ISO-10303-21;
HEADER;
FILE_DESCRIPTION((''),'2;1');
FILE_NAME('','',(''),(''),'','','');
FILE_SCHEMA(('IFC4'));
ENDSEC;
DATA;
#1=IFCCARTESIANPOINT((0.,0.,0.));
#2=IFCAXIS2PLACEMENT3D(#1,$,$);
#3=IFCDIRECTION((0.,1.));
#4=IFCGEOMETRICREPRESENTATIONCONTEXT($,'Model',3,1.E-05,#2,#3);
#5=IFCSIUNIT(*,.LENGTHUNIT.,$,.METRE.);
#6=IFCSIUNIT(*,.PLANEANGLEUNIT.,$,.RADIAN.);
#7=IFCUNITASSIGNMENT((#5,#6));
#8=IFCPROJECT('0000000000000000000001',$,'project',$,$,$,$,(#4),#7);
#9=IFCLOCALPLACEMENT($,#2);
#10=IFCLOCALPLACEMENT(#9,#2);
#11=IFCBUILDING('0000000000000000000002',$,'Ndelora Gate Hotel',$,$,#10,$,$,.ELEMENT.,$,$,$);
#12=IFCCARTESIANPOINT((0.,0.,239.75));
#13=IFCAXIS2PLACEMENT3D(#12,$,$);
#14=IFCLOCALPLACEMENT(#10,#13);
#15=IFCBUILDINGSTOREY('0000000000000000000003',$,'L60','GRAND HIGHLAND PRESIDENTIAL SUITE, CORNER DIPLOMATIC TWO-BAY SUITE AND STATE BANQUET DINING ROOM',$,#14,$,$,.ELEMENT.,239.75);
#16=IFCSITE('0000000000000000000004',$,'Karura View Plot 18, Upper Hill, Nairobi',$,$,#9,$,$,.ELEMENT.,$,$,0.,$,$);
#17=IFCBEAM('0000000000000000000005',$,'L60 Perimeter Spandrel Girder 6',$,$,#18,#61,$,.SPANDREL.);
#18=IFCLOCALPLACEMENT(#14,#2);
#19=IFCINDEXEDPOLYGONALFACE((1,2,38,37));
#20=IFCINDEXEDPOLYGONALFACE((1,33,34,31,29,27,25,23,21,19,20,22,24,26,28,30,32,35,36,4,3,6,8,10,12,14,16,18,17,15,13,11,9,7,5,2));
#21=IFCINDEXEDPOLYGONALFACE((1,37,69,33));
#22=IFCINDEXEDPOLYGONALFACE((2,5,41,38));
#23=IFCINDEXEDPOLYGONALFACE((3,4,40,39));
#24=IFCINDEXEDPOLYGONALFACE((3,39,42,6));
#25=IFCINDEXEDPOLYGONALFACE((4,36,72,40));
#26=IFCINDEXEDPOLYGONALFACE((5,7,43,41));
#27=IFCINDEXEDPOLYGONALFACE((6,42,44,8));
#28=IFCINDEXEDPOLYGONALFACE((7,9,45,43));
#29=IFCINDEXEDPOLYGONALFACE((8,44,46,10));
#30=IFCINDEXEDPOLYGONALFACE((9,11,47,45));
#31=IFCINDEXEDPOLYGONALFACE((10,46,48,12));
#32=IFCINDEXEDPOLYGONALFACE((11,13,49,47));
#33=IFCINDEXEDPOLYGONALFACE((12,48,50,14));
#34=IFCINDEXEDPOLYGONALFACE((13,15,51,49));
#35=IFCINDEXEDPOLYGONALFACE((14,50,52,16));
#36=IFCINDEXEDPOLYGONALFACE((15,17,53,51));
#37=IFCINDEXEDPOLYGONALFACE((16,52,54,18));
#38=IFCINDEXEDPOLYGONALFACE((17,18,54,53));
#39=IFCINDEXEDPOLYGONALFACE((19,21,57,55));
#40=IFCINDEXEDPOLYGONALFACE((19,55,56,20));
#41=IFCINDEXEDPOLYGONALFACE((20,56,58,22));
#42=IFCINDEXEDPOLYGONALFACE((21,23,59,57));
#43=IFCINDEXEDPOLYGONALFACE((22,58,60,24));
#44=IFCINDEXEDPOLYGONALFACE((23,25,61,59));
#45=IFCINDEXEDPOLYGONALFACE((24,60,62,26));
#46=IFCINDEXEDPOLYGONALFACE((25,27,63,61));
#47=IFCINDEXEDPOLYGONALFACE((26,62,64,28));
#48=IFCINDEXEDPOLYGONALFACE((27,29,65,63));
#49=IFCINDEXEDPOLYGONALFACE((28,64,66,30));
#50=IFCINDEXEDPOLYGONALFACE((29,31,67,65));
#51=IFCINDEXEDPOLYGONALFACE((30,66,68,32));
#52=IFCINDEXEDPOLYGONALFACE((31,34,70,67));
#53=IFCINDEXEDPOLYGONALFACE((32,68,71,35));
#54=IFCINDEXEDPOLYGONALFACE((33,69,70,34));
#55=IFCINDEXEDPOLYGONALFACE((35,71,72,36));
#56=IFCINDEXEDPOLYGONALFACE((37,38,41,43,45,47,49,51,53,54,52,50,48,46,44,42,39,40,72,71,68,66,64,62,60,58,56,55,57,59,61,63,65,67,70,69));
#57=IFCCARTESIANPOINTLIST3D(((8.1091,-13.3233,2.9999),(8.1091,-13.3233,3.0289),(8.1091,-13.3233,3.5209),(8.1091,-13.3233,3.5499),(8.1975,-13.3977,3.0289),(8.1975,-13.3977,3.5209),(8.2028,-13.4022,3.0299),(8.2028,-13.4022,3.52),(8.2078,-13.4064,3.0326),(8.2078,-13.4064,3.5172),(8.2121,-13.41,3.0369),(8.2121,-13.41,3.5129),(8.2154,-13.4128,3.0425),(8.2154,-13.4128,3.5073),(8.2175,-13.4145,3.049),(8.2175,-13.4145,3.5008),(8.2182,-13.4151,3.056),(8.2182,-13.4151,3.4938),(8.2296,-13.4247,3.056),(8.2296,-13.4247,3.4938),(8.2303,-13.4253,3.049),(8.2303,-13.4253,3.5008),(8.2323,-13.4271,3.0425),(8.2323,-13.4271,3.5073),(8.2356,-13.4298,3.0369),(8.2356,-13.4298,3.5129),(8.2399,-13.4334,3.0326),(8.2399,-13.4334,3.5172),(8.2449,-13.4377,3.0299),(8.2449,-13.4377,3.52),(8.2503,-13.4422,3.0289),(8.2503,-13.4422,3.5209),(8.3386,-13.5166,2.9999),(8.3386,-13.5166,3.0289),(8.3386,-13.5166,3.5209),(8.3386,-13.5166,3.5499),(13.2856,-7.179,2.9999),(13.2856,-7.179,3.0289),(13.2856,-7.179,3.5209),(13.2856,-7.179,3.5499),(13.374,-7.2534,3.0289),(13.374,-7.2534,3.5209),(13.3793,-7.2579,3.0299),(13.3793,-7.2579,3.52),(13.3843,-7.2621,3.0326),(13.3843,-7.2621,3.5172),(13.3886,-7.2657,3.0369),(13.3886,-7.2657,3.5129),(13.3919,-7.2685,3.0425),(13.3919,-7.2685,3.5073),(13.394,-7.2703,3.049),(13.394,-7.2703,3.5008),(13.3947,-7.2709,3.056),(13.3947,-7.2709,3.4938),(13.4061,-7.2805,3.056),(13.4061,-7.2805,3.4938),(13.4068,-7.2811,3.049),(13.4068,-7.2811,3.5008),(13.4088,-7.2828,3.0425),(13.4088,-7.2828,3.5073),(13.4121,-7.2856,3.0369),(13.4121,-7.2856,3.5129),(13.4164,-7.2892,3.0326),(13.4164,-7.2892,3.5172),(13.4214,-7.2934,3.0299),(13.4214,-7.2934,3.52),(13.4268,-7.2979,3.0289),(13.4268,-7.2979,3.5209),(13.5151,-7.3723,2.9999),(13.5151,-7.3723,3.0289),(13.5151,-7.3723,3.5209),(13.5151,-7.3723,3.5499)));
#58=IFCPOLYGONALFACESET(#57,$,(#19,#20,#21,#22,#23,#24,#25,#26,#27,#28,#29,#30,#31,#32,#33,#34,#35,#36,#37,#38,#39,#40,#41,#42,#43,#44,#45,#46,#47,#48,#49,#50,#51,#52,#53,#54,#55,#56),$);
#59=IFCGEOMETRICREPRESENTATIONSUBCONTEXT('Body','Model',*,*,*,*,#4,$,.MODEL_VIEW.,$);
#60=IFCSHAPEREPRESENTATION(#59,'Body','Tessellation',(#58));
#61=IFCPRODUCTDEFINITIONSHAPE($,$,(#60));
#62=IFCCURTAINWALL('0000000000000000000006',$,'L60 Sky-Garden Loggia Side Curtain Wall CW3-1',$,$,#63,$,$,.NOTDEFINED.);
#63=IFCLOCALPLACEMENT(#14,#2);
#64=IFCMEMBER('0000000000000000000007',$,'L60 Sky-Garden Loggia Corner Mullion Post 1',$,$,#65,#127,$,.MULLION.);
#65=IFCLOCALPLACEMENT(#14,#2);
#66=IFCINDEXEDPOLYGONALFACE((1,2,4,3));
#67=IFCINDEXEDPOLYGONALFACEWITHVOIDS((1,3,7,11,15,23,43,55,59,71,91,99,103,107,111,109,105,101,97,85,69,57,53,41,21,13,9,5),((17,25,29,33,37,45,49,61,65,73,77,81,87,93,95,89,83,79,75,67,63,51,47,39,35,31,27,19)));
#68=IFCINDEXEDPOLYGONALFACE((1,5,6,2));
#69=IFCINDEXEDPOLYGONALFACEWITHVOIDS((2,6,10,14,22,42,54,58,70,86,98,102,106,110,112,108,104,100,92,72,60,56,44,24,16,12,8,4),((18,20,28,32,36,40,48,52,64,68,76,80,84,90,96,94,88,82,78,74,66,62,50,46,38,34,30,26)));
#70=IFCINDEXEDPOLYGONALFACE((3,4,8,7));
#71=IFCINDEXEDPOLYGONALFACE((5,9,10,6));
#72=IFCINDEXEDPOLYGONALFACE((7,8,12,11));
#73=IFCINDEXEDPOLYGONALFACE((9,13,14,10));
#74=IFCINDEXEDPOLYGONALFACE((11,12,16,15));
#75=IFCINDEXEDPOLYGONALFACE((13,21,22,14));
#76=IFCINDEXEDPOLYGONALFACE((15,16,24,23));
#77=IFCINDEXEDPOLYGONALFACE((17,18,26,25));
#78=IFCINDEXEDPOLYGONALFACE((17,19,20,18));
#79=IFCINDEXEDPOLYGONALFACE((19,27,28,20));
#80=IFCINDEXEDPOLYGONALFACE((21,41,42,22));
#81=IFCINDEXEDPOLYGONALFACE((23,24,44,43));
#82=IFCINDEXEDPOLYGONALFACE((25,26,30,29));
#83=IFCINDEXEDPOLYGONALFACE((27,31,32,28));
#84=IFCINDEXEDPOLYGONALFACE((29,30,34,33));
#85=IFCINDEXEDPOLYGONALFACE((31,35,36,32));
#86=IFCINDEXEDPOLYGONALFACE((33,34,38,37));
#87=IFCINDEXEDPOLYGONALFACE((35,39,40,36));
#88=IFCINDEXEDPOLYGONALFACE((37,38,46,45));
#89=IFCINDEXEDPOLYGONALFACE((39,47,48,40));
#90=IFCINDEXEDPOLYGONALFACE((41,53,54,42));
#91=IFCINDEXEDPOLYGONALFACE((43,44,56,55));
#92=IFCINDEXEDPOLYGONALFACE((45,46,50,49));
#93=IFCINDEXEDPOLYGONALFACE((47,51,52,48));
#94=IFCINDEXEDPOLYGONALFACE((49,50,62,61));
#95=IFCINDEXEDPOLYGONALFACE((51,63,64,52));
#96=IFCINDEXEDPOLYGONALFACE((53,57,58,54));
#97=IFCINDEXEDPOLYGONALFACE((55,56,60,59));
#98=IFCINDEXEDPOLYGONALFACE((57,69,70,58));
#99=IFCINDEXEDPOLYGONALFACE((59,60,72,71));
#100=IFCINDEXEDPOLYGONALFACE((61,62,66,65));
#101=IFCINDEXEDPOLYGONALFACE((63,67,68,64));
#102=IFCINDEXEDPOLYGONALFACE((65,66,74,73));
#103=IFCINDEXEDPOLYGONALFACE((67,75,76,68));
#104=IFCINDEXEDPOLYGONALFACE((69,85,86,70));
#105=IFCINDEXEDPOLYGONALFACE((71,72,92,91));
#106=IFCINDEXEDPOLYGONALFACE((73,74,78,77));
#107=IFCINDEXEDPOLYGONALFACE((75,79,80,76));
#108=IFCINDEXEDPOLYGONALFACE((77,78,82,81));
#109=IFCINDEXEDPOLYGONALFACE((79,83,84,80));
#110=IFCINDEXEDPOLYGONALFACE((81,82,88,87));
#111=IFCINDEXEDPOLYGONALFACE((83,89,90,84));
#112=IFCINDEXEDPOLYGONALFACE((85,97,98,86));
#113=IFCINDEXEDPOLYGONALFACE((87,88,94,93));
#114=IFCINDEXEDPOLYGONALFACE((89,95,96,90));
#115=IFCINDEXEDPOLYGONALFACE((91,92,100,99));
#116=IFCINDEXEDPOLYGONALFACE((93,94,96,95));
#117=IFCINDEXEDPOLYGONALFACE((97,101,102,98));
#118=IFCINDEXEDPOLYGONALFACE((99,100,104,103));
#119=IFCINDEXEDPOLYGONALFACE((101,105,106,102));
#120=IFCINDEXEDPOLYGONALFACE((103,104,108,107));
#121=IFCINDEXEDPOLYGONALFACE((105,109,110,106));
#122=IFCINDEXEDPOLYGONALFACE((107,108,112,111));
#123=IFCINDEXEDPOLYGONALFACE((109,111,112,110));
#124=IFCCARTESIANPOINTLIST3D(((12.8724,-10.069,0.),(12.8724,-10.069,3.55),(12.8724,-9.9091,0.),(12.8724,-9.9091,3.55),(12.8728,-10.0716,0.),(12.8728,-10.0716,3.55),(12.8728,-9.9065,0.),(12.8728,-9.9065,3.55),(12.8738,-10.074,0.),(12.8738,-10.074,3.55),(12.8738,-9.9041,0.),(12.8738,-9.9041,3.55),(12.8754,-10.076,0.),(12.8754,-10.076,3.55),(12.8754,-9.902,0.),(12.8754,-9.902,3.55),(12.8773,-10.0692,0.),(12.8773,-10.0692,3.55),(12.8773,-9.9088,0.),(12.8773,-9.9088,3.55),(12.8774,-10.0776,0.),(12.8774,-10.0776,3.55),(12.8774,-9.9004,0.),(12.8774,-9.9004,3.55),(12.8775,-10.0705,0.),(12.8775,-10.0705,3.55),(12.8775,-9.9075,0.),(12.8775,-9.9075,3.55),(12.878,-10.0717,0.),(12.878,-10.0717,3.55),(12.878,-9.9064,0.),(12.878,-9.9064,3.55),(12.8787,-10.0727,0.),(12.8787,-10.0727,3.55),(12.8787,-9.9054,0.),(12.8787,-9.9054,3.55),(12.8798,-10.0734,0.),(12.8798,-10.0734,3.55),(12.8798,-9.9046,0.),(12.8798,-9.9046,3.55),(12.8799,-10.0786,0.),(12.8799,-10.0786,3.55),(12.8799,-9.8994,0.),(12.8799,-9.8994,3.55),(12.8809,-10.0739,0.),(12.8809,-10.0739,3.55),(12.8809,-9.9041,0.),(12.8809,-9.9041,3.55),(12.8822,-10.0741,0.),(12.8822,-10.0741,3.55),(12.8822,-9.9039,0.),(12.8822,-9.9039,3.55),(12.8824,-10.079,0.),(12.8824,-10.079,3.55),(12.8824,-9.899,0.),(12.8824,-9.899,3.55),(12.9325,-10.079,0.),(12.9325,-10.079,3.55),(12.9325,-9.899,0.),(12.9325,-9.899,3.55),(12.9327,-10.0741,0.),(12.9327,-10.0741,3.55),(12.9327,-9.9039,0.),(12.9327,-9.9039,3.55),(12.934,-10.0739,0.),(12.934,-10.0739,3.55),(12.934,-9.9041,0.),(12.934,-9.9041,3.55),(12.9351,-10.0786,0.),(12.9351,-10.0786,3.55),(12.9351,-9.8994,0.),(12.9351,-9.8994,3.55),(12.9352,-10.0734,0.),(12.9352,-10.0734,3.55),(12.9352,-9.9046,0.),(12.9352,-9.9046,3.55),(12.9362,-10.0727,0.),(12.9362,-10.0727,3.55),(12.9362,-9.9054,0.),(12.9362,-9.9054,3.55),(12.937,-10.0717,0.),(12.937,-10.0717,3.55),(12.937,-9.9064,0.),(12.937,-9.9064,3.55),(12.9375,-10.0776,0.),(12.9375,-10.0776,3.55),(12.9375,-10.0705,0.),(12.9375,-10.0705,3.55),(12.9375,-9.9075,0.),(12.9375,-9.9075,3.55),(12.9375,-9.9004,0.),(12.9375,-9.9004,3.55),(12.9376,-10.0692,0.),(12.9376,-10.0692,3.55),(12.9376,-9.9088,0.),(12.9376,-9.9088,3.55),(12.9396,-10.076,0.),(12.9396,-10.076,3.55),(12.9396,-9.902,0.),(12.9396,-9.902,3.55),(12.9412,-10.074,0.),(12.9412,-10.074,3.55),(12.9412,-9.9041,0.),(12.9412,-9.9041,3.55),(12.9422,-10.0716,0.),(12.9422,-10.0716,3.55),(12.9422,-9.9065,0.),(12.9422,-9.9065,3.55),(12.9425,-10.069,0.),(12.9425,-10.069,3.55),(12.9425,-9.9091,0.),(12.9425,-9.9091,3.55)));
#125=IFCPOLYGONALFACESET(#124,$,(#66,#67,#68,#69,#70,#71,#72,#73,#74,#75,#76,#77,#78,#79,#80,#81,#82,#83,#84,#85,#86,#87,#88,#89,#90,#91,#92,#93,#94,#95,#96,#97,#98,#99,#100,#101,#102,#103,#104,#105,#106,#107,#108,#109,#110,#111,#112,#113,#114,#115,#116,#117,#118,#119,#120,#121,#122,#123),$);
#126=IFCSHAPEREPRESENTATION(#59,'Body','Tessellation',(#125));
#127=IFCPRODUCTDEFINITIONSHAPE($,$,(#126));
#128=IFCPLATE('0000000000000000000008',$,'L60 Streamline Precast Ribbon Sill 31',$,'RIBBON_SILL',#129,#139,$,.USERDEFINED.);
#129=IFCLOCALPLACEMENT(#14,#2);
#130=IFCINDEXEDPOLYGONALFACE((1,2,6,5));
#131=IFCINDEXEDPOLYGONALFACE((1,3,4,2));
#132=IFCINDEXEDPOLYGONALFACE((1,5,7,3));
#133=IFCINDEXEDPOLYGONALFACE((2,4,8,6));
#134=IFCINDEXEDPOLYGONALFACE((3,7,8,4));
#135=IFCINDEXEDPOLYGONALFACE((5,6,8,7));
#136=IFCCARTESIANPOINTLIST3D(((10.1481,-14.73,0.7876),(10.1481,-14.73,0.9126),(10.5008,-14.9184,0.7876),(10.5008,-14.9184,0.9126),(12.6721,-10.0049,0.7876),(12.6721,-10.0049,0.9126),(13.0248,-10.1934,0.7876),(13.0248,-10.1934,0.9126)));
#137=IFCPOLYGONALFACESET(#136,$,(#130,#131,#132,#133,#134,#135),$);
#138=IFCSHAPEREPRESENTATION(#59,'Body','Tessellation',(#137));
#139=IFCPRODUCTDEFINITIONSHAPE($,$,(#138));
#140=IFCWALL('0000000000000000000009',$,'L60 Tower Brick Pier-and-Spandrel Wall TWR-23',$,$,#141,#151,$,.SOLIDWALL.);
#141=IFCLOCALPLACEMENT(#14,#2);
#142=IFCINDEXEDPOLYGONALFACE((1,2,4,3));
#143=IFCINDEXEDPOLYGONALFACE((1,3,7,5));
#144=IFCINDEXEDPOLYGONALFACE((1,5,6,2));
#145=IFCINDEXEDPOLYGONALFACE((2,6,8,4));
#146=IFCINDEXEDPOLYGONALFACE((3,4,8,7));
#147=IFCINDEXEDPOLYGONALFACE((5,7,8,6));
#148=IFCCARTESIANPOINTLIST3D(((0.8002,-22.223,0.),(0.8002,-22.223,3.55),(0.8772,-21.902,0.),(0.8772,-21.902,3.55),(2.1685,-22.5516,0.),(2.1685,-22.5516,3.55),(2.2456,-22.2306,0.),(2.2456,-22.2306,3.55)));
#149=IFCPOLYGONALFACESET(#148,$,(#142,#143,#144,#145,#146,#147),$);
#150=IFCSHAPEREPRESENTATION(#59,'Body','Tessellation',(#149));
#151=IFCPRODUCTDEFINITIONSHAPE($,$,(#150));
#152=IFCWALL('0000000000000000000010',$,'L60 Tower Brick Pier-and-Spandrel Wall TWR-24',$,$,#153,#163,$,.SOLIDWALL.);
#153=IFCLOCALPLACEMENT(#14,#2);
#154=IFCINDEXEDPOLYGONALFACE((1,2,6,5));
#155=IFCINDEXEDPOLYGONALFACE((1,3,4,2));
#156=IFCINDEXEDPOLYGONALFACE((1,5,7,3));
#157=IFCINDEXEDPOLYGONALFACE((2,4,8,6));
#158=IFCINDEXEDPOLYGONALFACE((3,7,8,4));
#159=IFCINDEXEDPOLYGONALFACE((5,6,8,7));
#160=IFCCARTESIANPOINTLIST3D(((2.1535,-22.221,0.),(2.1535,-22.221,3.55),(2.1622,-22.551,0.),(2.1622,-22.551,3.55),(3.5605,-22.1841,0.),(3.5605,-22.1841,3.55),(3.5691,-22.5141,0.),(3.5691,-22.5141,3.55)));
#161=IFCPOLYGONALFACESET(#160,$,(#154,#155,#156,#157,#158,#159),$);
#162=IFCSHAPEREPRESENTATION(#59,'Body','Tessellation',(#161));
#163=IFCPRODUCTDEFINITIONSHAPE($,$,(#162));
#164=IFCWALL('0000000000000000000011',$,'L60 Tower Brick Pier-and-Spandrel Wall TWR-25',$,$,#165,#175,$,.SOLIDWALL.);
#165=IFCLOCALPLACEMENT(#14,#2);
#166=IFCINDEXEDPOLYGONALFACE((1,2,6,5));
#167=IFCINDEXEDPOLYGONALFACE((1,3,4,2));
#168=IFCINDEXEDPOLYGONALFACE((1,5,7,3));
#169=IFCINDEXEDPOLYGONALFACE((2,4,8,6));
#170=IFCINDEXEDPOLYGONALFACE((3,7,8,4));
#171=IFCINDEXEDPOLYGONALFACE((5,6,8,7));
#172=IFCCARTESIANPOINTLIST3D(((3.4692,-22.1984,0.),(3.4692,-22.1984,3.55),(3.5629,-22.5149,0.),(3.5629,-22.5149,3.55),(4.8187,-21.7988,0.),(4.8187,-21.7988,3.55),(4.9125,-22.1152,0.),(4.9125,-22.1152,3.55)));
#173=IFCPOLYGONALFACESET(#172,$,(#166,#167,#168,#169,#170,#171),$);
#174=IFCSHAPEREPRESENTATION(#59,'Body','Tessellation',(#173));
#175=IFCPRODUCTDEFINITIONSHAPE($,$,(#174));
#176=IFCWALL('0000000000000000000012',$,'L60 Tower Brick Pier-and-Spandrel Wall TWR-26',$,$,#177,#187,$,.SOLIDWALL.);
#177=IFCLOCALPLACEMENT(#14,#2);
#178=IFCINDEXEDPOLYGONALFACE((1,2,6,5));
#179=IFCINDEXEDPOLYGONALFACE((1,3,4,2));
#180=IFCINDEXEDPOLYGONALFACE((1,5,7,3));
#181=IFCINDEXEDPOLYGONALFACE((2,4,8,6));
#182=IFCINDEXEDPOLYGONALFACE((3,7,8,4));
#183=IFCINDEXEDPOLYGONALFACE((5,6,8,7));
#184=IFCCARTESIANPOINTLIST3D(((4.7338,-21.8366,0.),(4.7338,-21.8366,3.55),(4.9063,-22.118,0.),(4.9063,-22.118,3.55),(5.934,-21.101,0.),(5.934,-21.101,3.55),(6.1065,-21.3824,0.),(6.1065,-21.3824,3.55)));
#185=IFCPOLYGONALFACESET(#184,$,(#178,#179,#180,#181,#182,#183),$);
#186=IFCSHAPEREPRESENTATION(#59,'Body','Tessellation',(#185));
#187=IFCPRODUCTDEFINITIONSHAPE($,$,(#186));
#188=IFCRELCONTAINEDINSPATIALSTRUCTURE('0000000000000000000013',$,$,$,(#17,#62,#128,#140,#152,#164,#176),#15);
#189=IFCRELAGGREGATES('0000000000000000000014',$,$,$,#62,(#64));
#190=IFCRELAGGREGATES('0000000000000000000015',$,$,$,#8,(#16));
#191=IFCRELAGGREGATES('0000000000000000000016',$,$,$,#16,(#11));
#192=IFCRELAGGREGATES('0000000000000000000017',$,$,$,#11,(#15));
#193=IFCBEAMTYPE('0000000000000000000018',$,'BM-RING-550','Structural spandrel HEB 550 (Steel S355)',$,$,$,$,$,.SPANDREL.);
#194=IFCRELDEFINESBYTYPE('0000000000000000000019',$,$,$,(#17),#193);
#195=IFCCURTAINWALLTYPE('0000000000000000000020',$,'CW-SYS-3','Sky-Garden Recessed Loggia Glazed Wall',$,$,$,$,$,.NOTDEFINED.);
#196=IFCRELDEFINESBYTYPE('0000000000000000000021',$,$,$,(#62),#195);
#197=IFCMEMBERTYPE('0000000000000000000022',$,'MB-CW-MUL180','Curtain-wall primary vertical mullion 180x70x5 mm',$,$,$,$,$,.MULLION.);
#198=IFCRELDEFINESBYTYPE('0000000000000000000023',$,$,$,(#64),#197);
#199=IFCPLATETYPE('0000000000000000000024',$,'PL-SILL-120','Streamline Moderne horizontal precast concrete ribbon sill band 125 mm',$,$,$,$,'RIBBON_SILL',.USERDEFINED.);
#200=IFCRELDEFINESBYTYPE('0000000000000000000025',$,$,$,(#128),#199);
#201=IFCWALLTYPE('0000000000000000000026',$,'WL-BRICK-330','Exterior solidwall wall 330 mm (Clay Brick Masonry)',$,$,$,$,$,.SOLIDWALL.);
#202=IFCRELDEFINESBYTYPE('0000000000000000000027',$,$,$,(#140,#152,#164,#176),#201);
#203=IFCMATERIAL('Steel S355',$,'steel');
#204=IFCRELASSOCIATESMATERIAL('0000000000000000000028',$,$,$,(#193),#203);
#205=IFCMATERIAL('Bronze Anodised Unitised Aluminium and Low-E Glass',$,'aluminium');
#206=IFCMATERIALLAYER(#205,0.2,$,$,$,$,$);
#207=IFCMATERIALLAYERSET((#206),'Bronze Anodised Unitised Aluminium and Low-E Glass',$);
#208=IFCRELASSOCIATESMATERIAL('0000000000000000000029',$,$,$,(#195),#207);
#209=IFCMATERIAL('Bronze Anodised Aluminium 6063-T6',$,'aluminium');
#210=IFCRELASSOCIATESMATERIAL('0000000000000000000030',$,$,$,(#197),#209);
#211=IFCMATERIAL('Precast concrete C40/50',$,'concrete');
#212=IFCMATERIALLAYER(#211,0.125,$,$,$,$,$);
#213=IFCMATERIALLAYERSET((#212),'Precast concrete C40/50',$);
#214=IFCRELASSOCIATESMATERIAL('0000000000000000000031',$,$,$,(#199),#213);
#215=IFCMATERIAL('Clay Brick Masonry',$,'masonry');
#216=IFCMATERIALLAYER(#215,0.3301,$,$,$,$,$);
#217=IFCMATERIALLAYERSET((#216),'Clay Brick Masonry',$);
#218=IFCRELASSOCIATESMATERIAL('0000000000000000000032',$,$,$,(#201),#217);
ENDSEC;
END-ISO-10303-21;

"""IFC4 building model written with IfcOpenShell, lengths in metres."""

from ifc_helpers import new_model, si_unit, direction, frame, frame_2d, origin, origin_2d, place, context, subcontext, project, spatial, rectangle, hollow_rectangle, i_section, extrude, material, layer, layer_set, material_profile, profile_set, type_object, element, aggregate, save


model = new_model("IFC4")

# Units and contexts
model_context = context("Model", 3, precision=1e-05, world=origin(), true_north=direction((0.0, 1.0)))
body_context = subcontext(model_context, "Body", "Model", "MODEL_VIEW")
ifc_project = project(units=[si_unit("LENGTHUNIT", "METRE"), si_unit("PLANEANGLEUNIT", "RADIAN")], contexts=[model_context])

# Site, building, storey
site_placement = place(None, origin())
site = spatial("IfcSite", under=ifc_project, at=site_placement, Name="Karura View Plot 18, Upper Hill, Nairobi", CompositionType="ELEMENT", RefElevation=0.0)
building_placement = place(site_placement, origin())
building = spatial("IfcBuilding", under=site, at=building_placement, Name="Ndelora Gate Hotel", CompositionType="ELEMENT")
storey_placement = place(building_placement, frame((0.0, 0.0, 239.75)))
storey = spatial("IfcBuildingStorey", under=building, at=storey_placement, Name="L60", Description="GRAND HIGHLAND PRESIDENTIAL SUITE, CORNER DIPLOMATIC TWO-BAY SUITE AND STATE BANQUET DINING ROOM", CompositionType="ELEMENT", Elevation=239.75)

# Beam
ifc_material_1 = material(Name="Steel S355", Category="steel")
ifc_material_profile_1 = material_profile(ifc_material_1, i_section(OverallWidth=0.3, OverallDepth=0.55, WebThickness=0.0149, FlangeThickness=0.0291, FilletRadius=0.0271, at=origin_2d()), Name="HEB 550")
ifc_profile_set_1 = profile_set([ifc_material_profile_1], Name="Steel S355")
beam_type_1 = type_object("IfcBeamType", Name="BM-RING-550", Description="Structural spandrel HEB 550 (Steel S355)", PredefinedType="SPANDREL", material=ifc_profile_set_1)
beam_1_placement = place(storey_placement, frame((8.2239, -13.4199, 3.2749), z_axis=(0.644309, 0.764765, 0.0), x_axis=(-0.764765, 0.644309, 0.0)))
element("IfcBeam", 1, at=beam_1_placement, inside=storey, type_object=beam_type_1, Name="L60 Perimeter Spandrel Girder 6", PredefinedType="SPANDREL", context=body_context, shape_type="SweptSolid", body=[
    extrude(i_section(OverallWidth=0.3, OverallDepth=0.55, WebThickness=0.0149, FlangeThickness=0.0291, FilletRadius=0.0271, at=origin_2d()), origin(), (0.0, 0.0, 1.0), 8.0342),
])

# Curtain wall, member
ifc_material_2 = material(Name="Bronze Anodised Unitised Aluminium and Low-E Glass", Category="aluminium")
ifc_layer_1 = layer(ifc_material_2, 0.2)
ifc_layer_set_1 = layer_set([ifc_layer_1], Name="Bronze Anodised Unitised Aluminium and Low-E Glass")
curtain_wall_type = type_object("IfcCurtainWallType", Name="CW-SYS-3", Description="Sky-Garden Recessed Loggia Glazed Wall", PredefinedType="NOTDEFINED", material=ifc_layer_set_1)
curtain_wall_placement = place(storey_placement, origin())
curtain_wall = element("IfcCurtainWall", 2, at=curtain_wall_placement, inside=storey, type_object=curtain_wall_type, Name="L60 Sky-Garden Loggia Side Curtain Wall CW3-1", PredefinedType="NOTDEFINED")
ifc_material_3 = material(Name="Bronze Anodised Aluminium 6063-T6", Category="aluminium")
ifc_material_profile_2 = material_profile(ifc_material_3, hollow_rectangle(XDim=0.0701, YDim=0.1799, WallThickness=0.0049, InnerFilletRadius=0.0049, OuterFilletRadius=0.01, at=origin_2d()), Name="ALU 180x70x5")
ifc_profile_set_2 = profile_set([ifc_material_profile_2], Name="Bronze Anodised Aluminium 6063-T6")
member_type = type_object("IfcMemberType", Name="MB-CW-MUL180", Description="Curtain-wall primary vertical mullion 180x70x5 mm", PredefinedType="MULLION", material=ifc_profile_set_2)
member_placement = place(storey_placement, frame((12.9075, -9.989, 0.0), z_axis=(0.0, 0.0, 1.0), x_axis=(1.0, 0.0, 0.0)))
member = element("IfcMember", 3, at=member_placement, type_object=member_type, Name="L60 Sky-Garden Loggia Corner Mullion Post 1", PredefinedType="MULLION", context=body_context, shape_type="SweptSolid", body=[
    extrude(hollow_rectangle(XDim=0.0701, YDim=0.1799, WallThickness=0.0049, InnerFilletRadius=0.0049, OuterFilletRadius=0.01, at=origin_2d()), origin(), (0.0, 0.0, 1.0), 3.55),
])
aggregate(curtain_wall, [member])

# Plate
ifc_material_4 = material(Name="Precast concrete C40/50", Category="concrete")
ifc_layer_2 = layer(ifc_material_4, 0.125)
ifc_layer_set_2 = layer_set([ifc_layer_2], Name="Precast concrete C40/50")
plate_type = type_object("IfcPlateType", Name="PL-SILL-120", Description="Streamline Moderne horizontal precast concrete ribbon sill band 125 mm", ElementType="RIBBON_SILL", PredefinedType="USERDEFINED", material=ifc_layer_set_2)
plate_placement = place(storey_placement, frame((11.5864, -12.4617, 0.7876), z_axis=(0.0, 0.0, 1.0), x_axis=(0.471166, 0.882045, 0.0)))
element("IfcPlate", 4, at=plate_placement, inside=storey, type_object=plate_type, Name="L60 Streamline Precast Ribbon Sill 31", ObjectType="RIBBON_SILL", PredefinedType="USERDEFINED", context=body_context, shape_type="SweptSolid", body=[
    extrude(rectangle(XDim=5.3569, YDim=0.3999, at=origin_2d()), origin(), (0.0, 0.0, 1.0), 0.125),
])

# Walls
ifc_material_5 = material(Name="Clay Brick Masonry", Category="masonry")
ifc_layer_3 = layer(ifc_material_5, 0.3301)
ifc_layer_set_3 = layer_set([ifc_layer_3], Name="Clay Brick Masonry")
wall_type = type_object("IfcWallType", Name="WL-BRICK-330", Description="Exterior solidwall wall 330 mm (Clay Brick Masonry)", PredefinedType="SOLIDWALL", material=ifc_layer_set_3)
wall_1_placement = place(storey_placement, frame((2.207, -22.3911, 0.0), z_axis=(0.0, 0.0, 1.0), x_axis=(-0.972356, 0.233504, 0.0)))
element("IfcWall", 5, at=wall_1_placement, inside=storey, type_object=wall_type, Name="L60 Tower Brick Pier-and-Spandrel Wall TWR-23", PredefinedType="SOLIDWALL", context=body_context, shape_type="SweptSolid", body=[
    extrude(rectangle(XDim=1.4072, YDim=0.3301, at=frame_2d((0.7036, 0.0))), origin(), (0.0, 0.0, 1.0), 3.55),
])
for number, where, z_axis, x_axis, name in (
    (6, (3.5647, -22.3491, 0.0), (0.0, 0.0, 1.0), (-0.999657, -0.026193, 0.0), "L60 Tower Brick Pier-and-Spandrel Wall TWR-24"),
    (7, (4.8655, -21.957, 0.0), (0.0, 0.0, 1.0), (-0.958842, -0.283941, 0.0), "L60 Tower Brick Pier-and-Spandrel Wall TWR-25"),
):
    element("IfcWall", number, at=place(storey_placement, frame(where, z_axis=z_axis, x_axis=x_axis)), inside=storey, type_object=wall_type, Name=name, PredefinedType="SOLIDWALL", context=body_context, shape_type="SweptSolid", body=[
        extrude(rectangle(XDim=1.4075, YDim=0.3301, at=frame_2d((0.7036, 0.0))), origin(), (0.0, 0.0, 1.0), 3.55),
    ])
wall_2_placement = place(storey_placement, frame((6.0203, -21.2417, 0.0), z_axis=(0.0, 0.0, 1.0), x_axis=(-0.852604, -0.522558, 0.0)))
element("IfcWall", 8, at=wall_2_placement, inside=storey, type_object=wall_type, Name="L60 Tower Brick Pier-and-Spandrel Wall TWR-26", PredefinedType="SOLIDWALL", context=body_context, shape_type="SweptSolid", body=[
    extrude(rectangle(XDim=1.4077, YDim=0.3301, at=frame_2d((0.7039, 0.0))), origin(), (0.0, 0.0, 1.0), 3.55),
])

save(model, "model.ifc")
